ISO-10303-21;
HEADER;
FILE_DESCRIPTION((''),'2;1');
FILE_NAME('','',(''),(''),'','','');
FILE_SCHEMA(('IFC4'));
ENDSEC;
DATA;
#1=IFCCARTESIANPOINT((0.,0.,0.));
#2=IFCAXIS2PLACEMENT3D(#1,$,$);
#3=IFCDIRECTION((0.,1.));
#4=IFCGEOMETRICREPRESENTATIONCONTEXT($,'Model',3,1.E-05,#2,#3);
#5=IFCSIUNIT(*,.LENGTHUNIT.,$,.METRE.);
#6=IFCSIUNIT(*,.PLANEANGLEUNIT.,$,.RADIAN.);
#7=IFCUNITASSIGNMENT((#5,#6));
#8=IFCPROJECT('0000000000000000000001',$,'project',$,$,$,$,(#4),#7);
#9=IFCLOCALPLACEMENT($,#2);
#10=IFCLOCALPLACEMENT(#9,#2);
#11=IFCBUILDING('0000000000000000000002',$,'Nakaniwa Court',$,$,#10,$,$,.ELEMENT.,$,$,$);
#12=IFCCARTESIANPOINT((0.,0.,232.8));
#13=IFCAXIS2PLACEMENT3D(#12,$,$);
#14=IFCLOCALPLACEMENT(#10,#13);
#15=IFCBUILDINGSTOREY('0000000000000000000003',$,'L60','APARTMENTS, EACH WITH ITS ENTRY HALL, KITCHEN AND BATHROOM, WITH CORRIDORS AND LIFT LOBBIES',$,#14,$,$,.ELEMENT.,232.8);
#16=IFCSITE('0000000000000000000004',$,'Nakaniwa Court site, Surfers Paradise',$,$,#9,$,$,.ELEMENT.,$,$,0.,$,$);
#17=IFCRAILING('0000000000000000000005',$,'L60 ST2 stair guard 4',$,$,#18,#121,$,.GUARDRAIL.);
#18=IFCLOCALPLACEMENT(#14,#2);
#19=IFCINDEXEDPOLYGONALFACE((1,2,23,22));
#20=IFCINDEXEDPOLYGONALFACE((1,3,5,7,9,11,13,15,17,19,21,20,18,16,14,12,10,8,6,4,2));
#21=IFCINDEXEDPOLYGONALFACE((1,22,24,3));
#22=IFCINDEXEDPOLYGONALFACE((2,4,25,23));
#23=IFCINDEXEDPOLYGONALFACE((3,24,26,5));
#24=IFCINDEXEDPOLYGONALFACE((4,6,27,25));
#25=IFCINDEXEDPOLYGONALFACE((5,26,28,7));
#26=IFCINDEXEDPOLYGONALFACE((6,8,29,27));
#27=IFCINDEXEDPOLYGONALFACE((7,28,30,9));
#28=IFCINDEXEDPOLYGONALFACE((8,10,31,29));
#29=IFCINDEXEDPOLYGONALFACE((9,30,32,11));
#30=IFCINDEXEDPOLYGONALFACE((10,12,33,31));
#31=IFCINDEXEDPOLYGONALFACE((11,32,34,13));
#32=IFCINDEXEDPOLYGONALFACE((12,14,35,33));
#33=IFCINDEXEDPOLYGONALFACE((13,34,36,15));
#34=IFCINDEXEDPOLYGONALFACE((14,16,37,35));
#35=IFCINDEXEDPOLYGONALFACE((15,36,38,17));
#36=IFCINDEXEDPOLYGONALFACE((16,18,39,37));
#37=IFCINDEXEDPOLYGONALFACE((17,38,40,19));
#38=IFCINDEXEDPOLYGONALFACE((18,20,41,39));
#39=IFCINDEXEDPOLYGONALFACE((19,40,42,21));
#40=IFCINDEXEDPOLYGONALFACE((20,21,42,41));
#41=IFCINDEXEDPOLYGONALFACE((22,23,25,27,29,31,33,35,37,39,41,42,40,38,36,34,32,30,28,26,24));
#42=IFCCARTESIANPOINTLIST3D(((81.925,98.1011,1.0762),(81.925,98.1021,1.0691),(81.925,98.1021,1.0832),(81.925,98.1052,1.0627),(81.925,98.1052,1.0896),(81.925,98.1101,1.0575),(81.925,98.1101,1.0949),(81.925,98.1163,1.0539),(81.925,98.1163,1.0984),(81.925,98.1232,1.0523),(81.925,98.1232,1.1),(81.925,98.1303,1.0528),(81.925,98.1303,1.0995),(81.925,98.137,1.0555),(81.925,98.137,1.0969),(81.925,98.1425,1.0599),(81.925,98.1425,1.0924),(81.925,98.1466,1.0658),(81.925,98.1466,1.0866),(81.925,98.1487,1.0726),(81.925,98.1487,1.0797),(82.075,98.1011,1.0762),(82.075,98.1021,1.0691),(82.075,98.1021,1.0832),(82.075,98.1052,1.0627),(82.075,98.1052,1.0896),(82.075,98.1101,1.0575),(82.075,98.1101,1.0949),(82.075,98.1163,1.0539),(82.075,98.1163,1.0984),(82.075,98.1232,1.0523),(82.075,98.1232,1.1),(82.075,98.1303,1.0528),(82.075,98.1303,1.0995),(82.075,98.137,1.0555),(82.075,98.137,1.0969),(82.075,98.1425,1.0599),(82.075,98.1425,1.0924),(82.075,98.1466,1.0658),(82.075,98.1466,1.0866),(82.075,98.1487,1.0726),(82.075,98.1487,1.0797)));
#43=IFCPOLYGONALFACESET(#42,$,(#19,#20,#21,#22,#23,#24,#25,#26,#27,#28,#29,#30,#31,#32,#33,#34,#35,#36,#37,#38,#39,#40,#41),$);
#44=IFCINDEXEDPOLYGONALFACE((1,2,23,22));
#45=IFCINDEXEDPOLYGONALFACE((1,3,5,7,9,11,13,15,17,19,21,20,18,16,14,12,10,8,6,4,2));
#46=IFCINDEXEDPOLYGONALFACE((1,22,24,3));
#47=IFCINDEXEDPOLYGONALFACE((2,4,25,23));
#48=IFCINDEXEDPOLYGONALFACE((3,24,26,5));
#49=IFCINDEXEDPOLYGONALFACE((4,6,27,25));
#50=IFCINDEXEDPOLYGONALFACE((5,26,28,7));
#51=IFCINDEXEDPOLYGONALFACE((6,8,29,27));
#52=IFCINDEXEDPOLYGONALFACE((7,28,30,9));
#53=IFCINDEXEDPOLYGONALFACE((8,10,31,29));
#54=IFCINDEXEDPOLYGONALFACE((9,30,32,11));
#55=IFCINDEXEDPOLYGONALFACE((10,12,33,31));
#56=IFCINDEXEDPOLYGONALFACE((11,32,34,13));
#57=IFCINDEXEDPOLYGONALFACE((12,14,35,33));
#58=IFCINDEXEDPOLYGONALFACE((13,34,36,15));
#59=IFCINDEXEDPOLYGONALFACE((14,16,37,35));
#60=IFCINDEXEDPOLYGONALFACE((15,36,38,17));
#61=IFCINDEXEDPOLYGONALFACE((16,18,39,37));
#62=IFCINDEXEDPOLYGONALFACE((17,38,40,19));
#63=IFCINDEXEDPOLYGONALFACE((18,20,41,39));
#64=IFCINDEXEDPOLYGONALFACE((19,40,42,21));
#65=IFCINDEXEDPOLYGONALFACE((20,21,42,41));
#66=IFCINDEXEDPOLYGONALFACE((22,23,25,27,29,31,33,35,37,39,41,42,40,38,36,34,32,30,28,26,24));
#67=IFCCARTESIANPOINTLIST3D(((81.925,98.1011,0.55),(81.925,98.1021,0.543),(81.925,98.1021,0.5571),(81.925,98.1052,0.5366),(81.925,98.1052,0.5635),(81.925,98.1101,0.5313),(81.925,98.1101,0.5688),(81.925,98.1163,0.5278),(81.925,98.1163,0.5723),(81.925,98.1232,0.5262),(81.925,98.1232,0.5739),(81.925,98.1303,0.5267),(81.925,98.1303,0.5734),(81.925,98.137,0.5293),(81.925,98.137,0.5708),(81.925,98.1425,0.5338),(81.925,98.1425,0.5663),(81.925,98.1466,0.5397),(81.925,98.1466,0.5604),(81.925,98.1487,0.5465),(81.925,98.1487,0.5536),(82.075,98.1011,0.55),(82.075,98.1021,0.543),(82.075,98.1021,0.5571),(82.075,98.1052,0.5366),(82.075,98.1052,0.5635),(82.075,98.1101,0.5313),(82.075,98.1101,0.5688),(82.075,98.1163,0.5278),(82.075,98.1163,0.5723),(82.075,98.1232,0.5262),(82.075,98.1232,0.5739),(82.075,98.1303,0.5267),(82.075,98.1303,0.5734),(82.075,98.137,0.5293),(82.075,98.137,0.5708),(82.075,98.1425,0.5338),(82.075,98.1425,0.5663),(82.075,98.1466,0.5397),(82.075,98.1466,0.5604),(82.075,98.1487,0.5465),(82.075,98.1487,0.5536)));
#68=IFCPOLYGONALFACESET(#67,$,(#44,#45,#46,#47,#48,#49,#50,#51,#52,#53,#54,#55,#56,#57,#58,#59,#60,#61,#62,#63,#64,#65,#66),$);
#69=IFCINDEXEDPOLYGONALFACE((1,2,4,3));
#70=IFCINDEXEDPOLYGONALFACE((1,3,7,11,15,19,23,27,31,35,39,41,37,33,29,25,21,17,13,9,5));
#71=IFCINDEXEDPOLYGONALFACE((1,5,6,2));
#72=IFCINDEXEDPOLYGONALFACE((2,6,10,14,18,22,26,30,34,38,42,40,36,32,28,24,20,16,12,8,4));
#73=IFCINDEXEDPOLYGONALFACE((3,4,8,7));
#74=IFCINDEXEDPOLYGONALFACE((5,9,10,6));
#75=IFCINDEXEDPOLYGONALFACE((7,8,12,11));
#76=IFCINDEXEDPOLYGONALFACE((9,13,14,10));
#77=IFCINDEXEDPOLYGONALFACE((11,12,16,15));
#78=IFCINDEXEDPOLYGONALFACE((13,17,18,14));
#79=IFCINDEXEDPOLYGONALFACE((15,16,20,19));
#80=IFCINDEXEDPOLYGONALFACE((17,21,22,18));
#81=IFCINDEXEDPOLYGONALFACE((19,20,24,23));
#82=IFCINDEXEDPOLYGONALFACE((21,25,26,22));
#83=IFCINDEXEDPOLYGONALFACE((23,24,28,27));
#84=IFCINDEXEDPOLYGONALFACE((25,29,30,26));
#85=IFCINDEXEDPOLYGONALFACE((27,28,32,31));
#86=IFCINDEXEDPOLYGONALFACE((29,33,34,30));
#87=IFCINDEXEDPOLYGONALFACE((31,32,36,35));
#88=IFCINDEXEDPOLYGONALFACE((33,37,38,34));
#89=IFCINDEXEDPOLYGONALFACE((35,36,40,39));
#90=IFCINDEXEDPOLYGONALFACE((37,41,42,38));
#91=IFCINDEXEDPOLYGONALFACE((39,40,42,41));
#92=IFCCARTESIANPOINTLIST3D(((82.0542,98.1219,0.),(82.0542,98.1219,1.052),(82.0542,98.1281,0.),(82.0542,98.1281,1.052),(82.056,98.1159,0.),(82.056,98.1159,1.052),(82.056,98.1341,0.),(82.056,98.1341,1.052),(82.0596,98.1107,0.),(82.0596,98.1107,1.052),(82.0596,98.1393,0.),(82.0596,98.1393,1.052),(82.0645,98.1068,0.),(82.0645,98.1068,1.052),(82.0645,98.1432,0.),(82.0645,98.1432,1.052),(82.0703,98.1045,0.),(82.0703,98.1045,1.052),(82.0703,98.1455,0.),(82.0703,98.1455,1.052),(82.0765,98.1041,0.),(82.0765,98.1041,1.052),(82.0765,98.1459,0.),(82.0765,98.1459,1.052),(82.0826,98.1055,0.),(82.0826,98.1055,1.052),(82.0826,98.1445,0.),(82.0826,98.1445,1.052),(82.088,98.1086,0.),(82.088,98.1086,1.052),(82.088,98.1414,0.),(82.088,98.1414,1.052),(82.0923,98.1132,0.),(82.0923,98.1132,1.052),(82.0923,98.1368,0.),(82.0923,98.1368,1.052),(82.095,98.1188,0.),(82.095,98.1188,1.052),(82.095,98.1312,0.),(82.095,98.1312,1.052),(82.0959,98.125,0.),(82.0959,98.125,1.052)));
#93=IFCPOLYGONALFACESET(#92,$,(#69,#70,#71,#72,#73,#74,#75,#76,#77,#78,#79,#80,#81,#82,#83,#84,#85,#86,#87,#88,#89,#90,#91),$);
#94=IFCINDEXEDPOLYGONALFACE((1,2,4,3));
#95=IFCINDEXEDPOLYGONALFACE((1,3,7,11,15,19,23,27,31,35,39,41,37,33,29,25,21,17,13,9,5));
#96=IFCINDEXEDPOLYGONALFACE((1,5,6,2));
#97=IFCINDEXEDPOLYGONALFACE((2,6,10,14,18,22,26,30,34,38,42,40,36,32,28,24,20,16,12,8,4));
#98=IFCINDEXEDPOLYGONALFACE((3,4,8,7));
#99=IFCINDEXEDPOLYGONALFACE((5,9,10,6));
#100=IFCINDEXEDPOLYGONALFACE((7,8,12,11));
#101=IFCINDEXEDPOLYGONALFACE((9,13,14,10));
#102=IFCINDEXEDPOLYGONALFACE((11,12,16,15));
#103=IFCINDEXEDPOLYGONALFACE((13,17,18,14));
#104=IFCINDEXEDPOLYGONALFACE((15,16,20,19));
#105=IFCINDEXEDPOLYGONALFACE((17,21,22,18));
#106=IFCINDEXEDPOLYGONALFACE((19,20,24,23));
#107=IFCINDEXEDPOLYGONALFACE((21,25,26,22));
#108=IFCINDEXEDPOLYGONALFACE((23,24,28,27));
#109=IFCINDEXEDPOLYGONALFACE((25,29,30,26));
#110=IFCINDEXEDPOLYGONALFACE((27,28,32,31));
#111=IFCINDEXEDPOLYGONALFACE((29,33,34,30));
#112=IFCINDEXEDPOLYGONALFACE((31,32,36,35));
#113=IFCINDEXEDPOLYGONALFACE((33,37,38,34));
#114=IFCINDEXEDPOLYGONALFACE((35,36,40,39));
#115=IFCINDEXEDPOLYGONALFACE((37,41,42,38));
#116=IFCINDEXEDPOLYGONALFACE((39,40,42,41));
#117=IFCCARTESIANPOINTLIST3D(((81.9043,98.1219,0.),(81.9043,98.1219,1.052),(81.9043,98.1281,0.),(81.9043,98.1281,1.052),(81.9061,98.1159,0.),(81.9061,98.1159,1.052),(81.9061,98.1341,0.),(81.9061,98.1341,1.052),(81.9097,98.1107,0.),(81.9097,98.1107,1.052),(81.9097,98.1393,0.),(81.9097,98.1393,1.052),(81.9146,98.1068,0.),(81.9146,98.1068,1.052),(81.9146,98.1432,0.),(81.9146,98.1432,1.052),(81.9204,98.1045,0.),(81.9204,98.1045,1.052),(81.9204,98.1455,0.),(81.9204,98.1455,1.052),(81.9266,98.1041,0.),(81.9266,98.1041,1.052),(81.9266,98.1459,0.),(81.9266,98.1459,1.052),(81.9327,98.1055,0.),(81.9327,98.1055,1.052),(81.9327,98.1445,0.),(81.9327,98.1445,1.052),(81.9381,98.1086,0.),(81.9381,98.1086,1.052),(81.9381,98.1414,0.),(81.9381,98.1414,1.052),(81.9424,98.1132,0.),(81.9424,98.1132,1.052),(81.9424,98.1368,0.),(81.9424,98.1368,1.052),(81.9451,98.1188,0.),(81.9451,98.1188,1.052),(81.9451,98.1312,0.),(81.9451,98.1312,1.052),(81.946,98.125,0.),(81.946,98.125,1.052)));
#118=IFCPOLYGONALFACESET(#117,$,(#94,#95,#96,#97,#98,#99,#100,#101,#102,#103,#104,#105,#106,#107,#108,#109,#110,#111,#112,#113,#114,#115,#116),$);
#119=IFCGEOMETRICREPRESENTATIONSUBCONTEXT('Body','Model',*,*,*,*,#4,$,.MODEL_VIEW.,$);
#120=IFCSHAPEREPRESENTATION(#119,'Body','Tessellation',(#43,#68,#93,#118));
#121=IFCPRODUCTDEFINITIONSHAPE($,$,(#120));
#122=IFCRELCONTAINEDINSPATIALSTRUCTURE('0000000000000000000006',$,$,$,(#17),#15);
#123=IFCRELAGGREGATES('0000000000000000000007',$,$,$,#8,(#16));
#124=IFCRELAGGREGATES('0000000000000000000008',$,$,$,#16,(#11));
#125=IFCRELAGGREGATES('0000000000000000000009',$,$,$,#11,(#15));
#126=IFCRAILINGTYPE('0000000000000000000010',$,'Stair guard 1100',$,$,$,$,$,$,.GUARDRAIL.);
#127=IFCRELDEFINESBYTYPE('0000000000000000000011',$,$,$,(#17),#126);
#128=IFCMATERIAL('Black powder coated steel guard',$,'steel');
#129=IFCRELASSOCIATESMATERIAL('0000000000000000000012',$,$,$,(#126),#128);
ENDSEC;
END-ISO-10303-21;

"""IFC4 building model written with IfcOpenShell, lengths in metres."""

from ifc_helpers import new_model, si_unit, direction, frame, origin, origin_2d, place, context, subcontext, project, spatial, circle, extrude, material, type_object, element, save


model = new_model("IFC4")

# Units and contexts
model_context = context("Model", 3, precision=1e-05, world=origin(), true_north=direction((0.0, 1.0)))
body_context = subcontext(model_context, "Body", "Model", "MODEL_VIEW")
ifc_project = project(units=[si_unit("LENGTHUNIT", "METRE"), si_unit("PLANEANGLEUNIT", "RADIAN")], contexts=[model_context])

# Site, building, storey
site_placement = place(None, origin())
site = spatial("IfcSite", under=ifc_project, at=site_placement, Name="Nakaniwa Court site, Surfers Paradise", CompositionType="ELEMENT", RefElevation=0.0)
building_placement = place(site_placement, origin())
building = spatial("IfcBuilding", under=site, at=building_placement, Name="Nakaniwa Court", CompositionType="ELEMENT")
storey_placement = place(building_placement, frame((0.0, 0.0, 232.8)))
storey = spatial("IfcBuildingStorey", under=building, at=storey_placement, Name="L60", Description="APARTMENTS, EACH WITH ITS ENTRY HALL, KITCHEN AND BATHROOM, WITH CORRIDORS AND LIFT LOBBIES", CompositionType="ELEMENT", Elevation=232.8)

# Railing
ifc_material_1 = material(Name="Black powder coated steel guard", Category="steel")
railing_type_1 = type_object("IfcRailingType", Name="Stair guard 1100", PredefinedType="GUARDRAIL", material=ifc_material_1)
railing_1_placement = place(storey_placement, frame((82.075, 98.125, 0.0)))
element("IfcRailing", 1, at=railing_1_placement, inside=storey, type_object=railing_type_1, Name="L60 ST2 stair guard 4", PredefinedType="GUARDRAIL", context=body_context, shape_type="SweptSolid", body=[
    extrude(circle(Radius=0.0239, at=origin_2d()), frame((0.0, 0.0, 1.0762), z_axis=(-1.0, 0.0, 0.0), x_axis=(0.0, -1.0, 0.0)), (0.0, 0.0, 1.0), 0.1499),
    extrude(circle(Radius=0.0239, at=origin_2d()), frame((0.0, 0.0, 0.55), z_axis=(-1.0, 0.0, 0.0), x_axis=(0.0, -1.0, 0.0)), (0.0, 0.0, 1.0), 0.1499),
    extrude(circle(Radius=0.021, at=origin_2d()), origin(), (0.0, 0.0, 1.0), 1.052),
    extrude(circle(Radius=0.021, at=origin_2d()), frame((-0.1499, 0.0, 0.0)), (0.0, 0.0, 1.0), 1.052),
])

save(model, "model.ifc")
